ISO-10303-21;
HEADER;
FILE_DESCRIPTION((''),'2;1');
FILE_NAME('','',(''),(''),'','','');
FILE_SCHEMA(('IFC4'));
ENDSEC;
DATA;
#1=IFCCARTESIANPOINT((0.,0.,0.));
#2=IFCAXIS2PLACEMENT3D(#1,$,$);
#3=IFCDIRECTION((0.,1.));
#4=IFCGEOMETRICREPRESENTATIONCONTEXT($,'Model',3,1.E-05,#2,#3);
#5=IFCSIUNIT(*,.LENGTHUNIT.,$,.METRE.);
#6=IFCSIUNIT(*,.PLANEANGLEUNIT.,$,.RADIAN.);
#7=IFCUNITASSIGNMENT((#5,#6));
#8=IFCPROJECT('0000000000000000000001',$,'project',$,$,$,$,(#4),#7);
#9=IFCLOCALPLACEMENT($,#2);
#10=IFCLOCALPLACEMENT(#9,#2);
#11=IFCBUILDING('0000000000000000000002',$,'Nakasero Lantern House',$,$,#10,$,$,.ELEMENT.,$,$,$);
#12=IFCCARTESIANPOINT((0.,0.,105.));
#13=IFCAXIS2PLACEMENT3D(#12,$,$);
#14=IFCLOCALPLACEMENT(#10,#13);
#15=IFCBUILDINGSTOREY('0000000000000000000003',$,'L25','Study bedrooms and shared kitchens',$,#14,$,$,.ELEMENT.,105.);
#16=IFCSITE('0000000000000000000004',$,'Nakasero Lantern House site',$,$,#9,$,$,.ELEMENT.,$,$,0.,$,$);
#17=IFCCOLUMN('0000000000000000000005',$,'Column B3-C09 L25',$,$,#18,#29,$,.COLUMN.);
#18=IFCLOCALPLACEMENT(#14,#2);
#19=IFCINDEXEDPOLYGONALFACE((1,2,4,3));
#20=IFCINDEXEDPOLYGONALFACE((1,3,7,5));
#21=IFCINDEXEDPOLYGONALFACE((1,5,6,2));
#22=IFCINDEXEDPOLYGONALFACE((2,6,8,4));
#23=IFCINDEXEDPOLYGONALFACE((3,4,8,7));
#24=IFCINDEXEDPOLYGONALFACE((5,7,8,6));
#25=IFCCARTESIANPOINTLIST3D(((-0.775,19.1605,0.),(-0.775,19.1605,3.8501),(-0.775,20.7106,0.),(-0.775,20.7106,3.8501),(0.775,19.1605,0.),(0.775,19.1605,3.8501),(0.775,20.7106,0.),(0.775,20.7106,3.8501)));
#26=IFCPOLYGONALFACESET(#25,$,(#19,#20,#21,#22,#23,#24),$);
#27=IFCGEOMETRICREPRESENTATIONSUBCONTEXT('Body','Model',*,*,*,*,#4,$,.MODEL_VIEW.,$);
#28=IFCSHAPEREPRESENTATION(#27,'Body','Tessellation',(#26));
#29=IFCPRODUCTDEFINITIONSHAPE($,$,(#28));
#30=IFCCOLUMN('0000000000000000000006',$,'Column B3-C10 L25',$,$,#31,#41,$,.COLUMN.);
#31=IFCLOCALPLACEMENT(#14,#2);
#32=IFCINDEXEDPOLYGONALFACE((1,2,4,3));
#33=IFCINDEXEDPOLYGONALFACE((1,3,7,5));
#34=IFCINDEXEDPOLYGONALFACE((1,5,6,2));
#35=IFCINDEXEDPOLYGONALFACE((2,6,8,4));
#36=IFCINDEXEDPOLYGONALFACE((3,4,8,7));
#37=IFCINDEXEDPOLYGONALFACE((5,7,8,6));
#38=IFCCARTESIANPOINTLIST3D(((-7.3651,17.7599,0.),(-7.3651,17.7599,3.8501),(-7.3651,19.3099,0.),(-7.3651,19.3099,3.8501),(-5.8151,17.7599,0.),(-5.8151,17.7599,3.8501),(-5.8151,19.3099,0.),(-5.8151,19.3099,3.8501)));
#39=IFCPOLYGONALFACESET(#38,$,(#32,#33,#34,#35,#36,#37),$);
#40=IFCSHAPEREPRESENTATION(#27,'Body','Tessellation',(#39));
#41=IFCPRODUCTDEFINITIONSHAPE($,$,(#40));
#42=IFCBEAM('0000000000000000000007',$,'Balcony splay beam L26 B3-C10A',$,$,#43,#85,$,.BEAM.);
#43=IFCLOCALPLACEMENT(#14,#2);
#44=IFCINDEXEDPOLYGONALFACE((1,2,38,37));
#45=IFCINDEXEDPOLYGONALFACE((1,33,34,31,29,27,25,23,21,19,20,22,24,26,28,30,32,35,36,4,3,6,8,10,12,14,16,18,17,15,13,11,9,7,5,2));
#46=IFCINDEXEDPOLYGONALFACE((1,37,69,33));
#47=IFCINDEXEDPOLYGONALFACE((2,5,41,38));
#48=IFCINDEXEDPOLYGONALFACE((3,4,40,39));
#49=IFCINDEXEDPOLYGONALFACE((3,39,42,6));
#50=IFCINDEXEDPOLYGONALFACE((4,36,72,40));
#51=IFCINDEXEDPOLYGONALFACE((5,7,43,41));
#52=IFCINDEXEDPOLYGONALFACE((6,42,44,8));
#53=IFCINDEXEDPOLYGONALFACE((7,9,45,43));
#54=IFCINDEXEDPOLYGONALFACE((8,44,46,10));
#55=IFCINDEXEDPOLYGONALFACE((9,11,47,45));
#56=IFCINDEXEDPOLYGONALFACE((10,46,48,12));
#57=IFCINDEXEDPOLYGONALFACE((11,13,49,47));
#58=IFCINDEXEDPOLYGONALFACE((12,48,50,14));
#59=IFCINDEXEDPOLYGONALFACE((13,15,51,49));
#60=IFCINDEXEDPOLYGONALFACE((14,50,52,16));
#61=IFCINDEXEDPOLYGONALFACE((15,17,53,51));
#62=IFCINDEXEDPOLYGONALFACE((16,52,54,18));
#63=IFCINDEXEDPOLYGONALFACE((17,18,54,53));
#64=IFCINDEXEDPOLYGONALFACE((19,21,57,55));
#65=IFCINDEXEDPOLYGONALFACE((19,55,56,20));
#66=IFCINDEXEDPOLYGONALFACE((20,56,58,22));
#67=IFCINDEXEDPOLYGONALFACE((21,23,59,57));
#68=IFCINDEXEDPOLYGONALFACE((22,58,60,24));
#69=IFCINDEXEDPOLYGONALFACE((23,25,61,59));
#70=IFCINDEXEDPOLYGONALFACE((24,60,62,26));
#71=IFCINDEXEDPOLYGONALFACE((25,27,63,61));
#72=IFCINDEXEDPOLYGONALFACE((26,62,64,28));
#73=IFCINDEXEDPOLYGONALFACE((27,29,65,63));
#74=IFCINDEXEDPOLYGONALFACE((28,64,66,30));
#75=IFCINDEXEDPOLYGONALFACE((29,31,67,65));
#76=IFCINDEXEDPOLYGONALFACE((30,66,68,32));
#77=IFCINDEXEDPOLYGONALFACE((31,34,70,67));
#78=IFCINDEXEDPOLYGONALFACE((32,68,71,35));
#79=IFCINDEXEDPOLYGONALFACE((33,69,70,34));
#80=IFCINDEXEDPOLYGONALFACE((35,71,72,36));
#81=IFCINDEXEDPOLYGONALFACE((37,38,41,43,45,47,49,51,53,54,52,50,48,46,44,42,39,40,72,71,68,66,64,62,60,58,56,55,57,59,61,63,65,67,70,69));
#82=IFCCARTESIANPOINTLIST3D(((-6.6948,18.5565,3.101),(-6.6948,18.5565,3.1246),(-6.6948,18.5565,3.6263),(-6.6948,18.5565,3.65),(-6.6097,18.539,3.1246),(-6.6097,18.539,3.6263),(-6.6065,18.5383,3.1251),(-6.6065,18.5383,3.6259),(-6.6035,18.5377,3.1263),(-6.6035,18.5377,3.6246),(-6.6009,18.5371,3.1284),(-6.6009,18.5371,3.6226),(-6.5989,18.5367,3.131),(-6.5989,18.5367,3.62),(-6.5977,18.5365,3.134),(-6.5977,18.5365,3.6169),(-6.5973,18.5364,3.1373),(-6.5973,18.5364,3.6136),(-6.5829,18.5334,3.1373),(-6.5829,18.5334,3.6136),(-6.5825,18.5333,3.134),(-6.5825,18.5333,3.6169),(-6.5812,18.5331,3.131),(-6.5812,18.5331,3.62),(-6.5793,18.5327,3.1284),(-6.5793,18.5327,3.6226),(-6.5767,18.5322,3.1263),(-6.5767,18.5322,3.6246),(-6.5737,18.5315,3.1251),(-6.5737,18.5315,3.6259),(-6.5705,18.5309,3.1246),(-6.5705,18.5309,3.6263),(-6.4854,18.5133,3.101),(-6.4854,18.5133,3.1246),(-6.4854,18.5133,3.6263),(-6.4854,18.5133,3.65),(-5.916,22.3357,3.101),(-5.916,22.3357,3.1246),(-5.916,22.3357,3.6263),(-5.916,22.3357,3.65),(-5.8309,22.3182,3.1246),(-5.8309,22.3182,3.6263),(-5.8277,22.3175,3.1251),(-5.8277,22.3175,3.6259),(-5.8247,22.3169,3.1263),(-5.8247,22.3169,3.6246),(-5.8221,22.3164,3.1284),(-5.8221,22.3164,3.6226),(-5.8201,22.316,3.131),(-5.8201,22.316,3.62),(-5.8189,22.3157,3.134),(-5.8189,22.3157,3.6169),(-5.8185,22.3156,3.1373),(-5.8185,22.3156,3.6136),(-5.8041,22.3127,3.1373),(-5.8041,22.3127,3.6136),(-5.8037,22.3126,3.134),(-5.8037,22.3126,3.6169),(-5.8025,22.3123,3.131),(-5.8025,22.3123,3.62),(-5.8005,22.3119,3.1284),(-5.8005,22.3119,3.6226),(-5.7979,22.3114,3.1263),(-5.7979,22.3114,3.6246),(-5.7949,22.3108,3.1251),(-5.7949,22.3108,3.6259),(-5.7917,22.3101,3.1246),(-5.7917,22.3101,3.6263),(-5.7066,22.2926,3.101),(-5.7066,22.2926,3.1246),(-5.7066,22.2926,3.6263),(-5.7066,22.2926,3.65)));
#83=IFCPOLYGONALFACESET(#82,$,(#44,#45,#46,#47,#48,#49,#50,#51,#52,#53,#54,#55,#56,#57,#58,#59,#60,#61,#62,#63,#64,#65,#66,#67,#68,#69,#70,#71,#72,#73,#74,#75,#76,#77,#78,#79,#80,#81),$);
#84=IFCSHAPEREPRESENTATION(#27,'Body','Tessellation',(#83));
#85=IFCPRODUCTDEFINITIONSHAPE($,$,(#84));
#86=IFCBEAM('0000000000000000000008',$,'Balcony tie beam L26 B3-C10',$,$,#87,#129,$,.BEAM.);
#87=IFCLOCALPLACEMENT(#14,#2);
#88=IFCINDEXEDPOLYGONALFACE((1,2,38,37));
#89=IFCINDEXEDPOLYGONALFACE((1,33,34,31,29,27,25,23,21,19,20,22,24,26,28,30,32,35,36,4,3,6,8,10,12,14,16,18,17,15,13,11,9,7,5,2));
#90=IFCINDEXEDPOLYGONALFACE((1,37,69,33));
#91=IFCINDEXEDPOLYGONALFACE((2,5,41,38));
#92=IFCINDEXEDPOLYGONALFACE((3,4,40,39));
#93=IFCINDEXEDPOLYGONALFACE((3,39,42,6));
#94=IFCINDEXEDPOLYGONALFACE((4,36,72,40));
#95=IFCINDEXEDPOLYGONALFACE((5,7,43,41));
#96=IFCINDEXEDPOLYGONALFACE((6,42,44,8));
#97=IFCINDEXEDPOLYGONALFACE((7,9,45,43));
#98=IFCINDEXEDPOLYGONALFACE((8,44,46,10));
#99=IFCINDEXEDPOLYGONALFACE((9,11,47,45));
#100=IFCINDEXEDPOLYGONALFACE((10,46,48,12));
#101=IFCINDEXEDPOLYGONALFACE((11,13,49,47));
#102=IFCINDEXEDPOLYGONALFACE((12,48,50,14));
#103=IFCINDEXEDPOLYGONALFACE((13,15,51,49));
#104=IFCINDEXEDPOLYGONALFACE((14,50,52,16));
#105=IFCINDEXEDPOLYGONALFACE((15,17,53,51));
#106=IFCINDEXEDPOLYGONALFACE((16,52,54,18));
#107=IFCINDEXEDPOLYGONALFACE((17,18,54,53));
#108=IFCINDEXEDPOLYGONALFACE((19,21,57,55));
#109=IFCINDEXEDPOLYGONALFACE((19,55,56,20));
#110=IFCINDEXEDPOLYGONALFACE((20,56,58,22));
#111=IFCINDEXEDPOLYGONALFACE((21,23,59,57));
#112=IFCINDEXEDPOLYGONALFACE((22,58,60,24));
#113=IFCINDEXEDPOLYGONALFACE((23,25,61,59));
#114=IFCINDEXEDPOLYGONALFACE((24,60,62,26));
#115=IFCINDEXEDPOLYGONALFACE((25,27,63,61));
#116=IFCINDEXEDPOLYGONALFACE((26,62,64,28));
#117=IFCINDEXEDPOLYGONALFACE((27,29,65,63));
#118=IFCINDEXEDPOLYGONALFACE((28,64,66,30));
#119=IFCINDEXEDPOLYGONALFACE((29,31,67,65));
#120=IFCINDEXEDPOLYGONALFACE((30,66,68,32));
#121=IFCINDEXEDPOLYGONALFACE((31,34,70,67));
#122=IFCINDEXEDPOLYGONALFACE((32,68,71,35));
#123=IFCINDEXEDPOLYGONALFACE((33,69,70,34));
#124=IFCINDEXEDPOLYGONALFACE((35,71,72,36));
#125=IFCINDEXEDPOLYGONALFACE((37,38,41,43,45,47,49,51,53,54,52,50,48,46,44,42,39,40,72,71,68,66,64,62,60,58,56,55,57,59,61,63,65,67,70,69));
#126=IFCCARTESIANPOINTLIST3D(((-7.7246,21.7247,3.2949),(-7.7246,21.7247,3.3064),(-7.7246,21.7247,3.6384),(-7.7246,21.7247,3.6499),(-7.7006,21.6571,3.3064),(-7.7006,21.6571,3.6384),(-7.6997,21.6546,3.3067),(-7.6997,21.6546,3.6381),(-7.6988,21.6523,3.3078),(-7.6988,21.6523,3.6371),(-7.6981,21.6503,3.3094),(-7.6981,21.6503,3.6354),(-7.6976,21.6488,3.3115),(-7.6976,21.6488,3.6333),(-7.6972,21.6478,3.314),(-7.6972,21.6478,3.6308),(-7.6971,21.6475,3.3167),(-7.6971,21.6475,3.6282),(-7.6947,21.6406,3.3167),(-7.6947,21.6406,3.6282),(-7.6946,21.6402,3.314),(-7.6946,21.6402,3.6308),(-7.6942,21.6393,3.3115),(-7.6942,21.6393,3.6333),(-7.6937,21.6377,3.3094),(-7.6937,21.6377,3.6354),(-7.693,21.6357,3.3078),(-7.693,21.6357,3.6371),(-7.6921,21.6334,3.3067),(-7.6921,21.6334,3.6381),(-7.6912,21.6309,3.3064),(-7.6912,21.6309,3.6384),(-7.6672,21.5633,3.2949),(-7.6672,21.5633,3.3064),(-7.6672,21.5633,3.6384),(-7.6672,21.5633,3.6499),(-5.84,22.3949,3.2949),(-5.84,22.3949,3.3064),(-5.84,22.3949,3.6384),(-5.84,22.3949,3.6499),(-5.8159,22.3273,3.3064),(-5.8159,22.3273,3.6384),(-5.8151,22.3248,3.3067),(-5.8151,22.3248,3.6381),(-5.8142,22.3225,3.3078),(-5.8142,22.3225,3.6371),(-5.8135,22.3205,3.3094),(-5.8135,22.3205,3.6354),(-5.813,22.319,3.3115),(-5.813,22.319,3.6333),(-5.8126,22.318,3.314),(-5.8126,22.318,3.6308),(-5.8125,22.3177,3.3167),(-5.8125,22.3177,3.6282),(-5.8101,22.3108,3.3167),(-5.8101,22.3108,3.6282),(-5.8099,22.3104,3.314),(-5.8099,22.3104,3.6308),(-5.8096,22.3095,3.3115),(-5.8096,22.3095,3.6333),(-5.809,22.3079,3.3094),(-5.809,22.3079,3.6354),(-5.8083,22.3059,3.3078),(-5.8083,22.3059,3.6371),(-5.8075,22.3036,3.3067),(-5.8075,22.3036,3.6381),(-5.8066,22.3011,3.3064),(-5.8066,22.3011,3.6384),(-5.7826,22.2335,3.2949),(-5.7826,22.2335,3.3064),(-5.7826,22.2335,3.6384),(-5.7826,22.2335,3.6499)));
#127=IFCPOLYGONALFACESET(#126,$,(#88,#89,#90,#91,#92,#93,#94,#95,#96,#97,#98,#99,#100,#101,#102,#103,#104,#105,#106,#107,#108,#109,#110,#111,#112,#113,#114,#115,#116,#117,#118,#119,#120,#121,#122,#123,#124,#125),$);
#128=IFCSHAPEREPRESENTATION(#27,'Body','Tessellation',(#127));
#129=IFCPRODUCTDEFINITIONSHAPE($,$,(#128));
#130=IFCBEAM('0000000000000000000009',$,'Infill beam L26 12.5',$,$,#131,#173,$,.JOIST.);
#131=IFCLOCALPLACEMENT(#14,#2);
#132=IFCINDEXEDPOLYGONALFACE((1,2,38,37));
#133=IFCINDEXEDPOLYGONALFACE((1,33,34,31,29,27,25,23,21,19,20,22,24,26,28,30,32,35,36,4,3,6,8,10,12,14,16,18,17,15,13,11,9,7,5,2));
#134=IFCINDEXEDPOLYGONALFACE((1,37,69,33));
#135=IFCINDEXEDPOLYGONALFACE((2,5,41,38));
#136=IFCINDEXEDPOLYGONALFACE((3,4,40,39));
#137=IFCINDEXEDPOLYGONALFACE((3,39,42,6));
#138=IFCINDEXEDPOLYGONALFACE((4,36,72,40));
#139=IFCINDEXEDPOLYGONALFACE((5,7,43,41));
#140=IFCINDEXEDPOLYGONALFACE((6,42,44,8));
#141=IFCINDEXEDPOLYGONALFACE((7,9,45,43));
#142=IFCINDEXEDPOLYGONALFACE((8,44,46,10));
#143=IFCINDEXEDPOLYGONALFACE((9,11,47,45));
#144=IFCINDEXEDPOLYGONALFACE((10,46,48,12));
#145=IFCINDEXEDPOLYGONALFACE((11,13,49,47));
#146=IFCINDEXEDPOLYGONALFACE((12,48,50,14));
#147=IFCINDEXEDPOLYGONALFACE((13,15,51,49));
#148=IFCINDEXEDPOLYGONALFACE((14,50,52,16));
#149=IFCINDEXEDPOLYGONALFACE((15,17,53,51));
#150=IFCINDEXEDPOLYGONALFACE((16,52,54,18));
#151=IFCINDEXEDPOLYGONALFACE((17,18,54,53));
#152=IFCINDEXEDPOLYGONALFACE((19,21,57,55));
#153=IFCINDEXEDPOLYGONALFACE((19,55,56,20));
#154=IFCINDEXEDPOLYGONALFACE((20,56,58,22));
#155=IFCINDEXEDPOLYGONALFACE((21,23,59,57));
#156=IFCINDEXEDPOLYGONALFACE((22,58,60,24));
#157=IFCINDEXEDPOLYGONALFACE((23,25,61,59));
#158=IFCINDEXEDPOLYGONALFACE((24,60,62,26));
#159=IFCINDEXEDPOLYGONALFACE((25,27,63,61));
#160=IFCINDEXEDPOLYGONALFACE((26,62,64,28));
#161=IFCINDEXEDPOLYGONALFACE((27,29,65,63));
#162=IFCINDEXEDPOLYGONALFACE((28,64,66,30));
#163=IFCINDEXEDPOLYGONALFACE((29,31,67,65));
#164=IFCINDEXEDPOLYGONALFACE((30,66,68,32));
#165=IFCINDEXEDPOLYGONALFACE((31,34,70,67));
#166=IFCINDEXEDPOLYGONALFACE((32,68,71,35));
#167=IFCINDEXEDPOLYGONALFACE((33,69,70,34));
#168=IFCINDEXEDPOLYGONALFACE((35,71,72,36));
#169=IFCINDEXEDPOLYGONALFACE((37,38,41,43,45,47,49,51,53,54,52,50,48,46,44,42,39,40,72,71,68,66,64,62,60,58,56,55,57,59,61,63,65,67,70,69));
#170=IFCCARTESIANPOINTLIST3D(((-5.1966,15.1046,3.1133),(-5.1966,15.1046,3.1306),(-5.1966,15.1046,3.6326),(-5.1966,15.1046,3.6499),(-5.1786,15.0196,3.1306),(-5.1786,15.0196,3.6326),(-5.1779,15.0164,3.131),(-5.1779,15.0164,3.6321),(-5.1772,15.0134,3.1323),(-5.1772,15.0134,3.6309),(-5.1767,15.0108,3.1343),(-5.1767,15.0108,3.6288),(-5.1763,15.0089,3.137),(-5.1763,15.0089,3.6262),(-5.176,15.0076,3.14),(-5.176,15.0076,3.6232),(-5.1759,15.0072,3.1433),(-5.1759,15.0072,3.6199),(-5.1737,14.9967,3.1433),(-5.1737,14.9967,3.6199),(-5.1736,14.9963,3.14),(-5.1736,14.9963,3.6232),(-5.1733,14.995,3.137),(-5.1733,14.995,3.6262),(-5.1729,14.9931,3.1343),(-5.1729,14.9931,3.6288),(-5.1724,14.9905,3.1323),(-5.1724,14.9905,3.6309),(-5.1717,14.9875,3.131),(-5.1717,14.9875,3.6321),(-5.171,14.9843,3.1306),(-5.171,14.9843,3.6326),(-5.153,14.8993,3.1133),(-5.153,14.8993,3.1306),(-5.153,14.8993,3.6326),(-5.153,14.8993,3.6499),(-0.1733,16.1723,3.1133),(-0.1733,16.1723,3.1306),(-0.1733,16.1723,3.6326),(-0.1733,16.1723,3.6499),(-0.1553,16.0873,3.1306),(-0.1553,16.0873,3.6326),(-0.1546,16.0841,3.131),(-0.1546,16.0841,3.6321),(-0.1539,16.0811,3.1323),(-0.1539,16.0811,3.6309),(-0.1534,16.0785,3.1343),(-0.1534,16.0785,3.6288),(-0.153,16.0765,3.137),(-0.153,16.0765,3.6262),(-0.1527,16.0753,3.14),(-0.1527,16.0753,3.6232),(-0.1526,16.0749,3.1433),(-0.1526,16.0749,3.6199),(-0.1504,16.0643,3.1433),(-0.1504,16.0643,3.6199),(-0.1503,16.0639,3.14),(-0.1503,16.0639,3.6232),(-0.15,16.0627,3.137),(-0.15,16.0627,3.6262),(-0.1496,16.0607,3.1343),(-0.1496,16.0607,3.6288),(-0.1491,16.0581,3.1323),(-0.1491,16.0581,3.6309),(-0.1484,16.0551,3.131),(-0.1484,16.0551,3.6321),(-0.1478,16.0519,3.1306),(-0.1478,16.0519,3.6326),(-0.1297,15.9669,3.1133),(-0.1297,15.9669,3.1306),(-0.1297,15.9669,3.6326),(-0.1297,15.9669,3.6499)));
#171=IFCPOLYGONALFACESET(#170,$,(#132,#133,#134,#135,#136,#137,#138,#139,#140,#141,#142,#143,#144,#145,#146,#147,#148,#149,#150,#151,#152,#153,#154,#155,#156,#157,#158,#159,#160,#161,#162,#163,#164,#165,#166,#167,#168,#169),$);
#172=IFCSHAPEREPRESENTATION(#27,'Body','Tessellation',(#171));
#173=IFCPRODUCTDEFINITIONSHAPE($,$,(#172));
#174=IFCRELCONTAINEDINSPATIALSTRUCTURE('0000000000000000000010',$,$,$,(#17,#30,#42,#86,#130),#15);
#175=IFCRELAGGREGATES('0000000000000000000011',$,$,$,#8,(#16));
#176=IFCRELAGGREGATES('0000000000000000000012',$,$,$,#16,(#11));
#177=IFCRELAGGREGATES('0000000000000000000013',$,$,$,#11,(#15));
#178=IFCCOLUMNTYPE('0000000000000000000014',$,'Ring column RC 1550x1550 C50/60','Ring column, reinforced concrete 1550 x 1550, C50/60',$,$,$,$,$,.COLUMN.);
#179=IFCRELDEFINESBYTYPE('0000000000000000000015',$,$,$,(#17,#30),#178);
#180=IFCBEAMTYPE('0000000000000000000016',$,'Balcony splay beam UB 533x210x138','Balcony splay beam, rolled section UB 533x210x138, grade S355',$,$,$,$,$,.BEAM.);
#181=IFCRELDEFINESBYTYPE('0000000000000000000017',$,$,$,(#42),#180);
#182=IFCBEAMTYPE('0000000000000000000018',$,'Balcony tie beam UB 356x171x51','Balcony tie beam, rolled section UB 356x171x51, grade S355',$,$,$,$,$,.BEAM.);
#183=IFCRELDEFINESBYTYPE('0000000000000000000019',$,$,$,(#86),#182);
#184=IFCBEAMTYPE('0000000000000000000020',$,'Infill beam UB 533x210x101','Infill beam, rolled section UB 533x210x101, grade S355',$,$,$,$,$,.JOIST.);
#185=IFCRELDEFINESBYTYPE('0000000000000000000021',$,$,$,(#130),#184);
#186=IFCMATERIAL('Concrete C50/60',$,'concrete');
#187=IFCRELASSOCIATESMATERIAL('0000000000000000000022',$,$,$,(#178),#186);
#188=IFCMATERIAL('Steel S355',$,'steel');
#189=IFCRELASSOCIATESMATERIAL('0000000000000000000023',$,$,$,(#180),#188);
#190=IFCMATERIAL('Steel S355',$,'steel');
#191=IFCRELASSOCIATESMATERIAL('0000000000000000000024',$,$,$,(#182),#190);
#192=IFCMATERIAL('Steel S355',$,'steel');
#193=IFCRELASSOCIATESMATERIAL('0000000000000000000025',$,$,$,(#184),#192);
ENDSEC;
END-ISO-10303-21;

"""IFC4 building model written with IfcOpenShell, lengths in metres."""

from ifc_helpers import new_model, si_unit, direction, frame, origin, origin_2d, place, context, subcontext, project, spatial, rectangle, i_section, extrude, material, material_profile, profile_set, type_object, element, save


model = new_model("IFC4")

# Units and contexts
model_context = context("Model", 3, precision=1e-05, world=origin(), true_north=direction((0.0, 1.0)))
body_context = subcontext(model_context, "Body", "Model", "MODEL_VIEW")
ifc_project = project(units=[si_unit("LENGTHUNIT", "METRE"), si_unit("PLANEANGLEUNIT", "RADIAN")], contexts=[model_context])

# Site, building, storey
site_placement = place(None, origin())
site = spatial("IfcSite", under=ifc_project, at=site_placement, Name="Nakasero Lantern House site", CompositionType="ELEMENT", RefElevation=0.0)
building_placement = place(site_placement, origin())
building = spatial("IfcBuilding", under=site, at=building_placement, Name="Nakasero Lantern House", CompositionType="ELEMENT")
storey_placement = place(building_placement, frame((0.0, 0.0, 105.0)))
storey = spatial("IfcBuildingStorey", under=building, at=storey_placement, Name="L25", Description="Study bedrooms and shared kitchens", CompositionType="ELEMENT", Elevation=105.0)

# Columns
ifc_material_1 = material(Name="Concrete C50/60", Category="concrete")
ifc_material_profile_1 = material_profile(ifc_material_1, rectangle(XDim=1.55, YDim=1.55, at=origin_2d()), Name="RC 1550x1550")
ifc_profile_set_1 = profile_set([ifc_material_profile_1], Name="Concrete C50/60")
column_type = type_object("IfcColumnType", Name="Ring column RC 1550x1550 C50/60", Description="Ring column, reinforced concrete 1550 x 1550, C50/60", PredefinedType="COLUMN", material=ifc_profile_set_1)
for number, where, z_axis, x_axis, name in (
    (1, (0.0, 19.9355, 0.0), (0.0, 0.0, 1.0), (1.0, 0.0, 0.0), "Column B3-C09 L25"),
    (2, (-6.5901, 18.5349, 0.0), (0.0, 0.0, 1.0), (1.0, 0.0, 0.0), "Column B3-C10 L25"),
):
    element("IfcColumn", number, at=place(storey_placement, frame(where, z_axis=z_axis, x_axis=x_axis)), inside=storey, type_object=column_type, Name=name, PredefinedType="COLUMN", context=body_context, shape_type="SweptSolid", body=[
        extrude(rectangle(XDim=1.55, YDim=1.55, at=origin_2d()), origin(), (0.0, 0.0, 1.0), 3.8501),
    ])

# Beams
ifc_material_2 = material(Name="Steel S355", Category="steel")
ifc_material_profile_2 = material_profile(ifc_material_2, i_section(OverallWidth=0.2139, OverallDepth=0.5491, WebThickness=0.0146, FlangeThickness=0.0237, FilletRadius=0.0127, at=origin_2d()), Name="UB 533x210x138")
ifc_profile_set_2 = profile_set([ifc_material_profile_2], Name="Steel S355")
beam_type_1 = type_object("IfcBeamType", Name="Balcony splay beam UB 533x210x138", Description="Balcony splay beam, rolled section UB 533x210x138, grade S355", PredefinedType="BEAM", material=ifc_profile_set_2)
beam_1_placement = place(storey_placement, frame((-6.5901, 18.5349, 3.3755), z_axis=(0.201831, 0.97942, 0.0), x_axis=(-0.97942, 0.201831, 0.0)))
element("IfcBeam", 3, at=beam_1_placement, inside=storey, type_object=beam_type_1, Name="Balcony splay beam L26 B3-C10A", PredefinedType="BEAM", context=body_context, shape_type="SweptSolid", body=[
    extrude(i_section(OverallWidth=0.2139, OverallDepth=0.5491, WebThickness=0.0146, FlangeThickness=0.0237, FilletRadius=0.0127, at=origin_2d()), origin(), (0.0, 0.0, 1.0), 3.8586),
])
ifc_material_3 = material(Name="Steel S355", Category="steel")
ifc_material_profile_3 = material_profile(ifc_material_3, i_section(OverallWidth=0.1714, OverallDepth=0.355, WebThickness=0.0073, FlangeThickness=0.0115, FilletRadius=0.0103, at=origin_2d()), Name="UB 356x171x51")
ifc_profile_set_3 = profile_set([ifc_material_profile_3], Name="Steel S355")
beam_type_2 = type_object("IfcBeamType", Name="Balcony tie beam UB 356x171x51", Description="Balcony tie beam, rolled section UB 356x171x51, grade S355", PredefinedType="BEAM", material=ifc_profile_set_3)
beam_2_placement = place(storey_placement, frame((-5.8113, 22.3142, 3.4724), z_axis=(-0.942197, -0.33506, 0.0), x_axis=(0.33506, -0.942197, 0.0)))
element("IfcBeam", 4, at=beam_2_placement, inside=storey, type_object=beam_type_2, Name="Balcony tie beam L26 B3-C10", PredefinedType="BEAM", context=body_context, shape_type="SweptSolid", body=[
    extrude(i_section(OverallWidth=0.1714, OverallDepth=0.355, WebThickness=0.0073, FlangeThickness=0.0115, FilletRadius=0.0103, at=origin_2d()), origin(), (0.0, 0.0, 1.0), 2.0002),
])
ifc_material_4 = material(Name="Steel S355", Category="steel")
ifc_material_profile_4 = material_profile(ifc_material_4, i_section(OverallWidth=0.21, OverallDepth=0.5366, WebThickness=0.0107, FlangeThickness=0.0173, FilletRadius=0.0127, at=origin_2d()), Name="UB 533x210x101")
ifc_profile_set_4 = profile_set([ifc_material_profile_4], Name="Steel S355")
beam_type_3 = type_object("IfcBeamType", Name="Infill beam UB 533x210x101", Description="Infill beam, rolled section UB 533x210x101, grade S355", PredefinedType="JOIST", material=ifc_profile_set_4)
beam_3_placement = place(storey_placement, frame((-5.1748, 15.002, 3.3816), z_axis=(0.978151, 0.207896, 0.0), x_axis=(-0.207896, 0.978151, 0.0)))
element("IfcBeam", 5, at=beam_3_placement, inside=storey, type_object=beam_type_3, Name="Infill beam L26 12.5", PredefinedType="JOIST", context=body_context, shape_type="SweptSolid", body=[
    extrude(i_section(OverallWidth=0.21, OverallDepth=0.5366, WebThickness=0.0107, FlangeThickness=0.0173, FilletRadius=0.0127, at=origin_2d()), origin(), (0.0, 0.0, 1.0), 5.1355),
])

save(model, "model.ifc")
